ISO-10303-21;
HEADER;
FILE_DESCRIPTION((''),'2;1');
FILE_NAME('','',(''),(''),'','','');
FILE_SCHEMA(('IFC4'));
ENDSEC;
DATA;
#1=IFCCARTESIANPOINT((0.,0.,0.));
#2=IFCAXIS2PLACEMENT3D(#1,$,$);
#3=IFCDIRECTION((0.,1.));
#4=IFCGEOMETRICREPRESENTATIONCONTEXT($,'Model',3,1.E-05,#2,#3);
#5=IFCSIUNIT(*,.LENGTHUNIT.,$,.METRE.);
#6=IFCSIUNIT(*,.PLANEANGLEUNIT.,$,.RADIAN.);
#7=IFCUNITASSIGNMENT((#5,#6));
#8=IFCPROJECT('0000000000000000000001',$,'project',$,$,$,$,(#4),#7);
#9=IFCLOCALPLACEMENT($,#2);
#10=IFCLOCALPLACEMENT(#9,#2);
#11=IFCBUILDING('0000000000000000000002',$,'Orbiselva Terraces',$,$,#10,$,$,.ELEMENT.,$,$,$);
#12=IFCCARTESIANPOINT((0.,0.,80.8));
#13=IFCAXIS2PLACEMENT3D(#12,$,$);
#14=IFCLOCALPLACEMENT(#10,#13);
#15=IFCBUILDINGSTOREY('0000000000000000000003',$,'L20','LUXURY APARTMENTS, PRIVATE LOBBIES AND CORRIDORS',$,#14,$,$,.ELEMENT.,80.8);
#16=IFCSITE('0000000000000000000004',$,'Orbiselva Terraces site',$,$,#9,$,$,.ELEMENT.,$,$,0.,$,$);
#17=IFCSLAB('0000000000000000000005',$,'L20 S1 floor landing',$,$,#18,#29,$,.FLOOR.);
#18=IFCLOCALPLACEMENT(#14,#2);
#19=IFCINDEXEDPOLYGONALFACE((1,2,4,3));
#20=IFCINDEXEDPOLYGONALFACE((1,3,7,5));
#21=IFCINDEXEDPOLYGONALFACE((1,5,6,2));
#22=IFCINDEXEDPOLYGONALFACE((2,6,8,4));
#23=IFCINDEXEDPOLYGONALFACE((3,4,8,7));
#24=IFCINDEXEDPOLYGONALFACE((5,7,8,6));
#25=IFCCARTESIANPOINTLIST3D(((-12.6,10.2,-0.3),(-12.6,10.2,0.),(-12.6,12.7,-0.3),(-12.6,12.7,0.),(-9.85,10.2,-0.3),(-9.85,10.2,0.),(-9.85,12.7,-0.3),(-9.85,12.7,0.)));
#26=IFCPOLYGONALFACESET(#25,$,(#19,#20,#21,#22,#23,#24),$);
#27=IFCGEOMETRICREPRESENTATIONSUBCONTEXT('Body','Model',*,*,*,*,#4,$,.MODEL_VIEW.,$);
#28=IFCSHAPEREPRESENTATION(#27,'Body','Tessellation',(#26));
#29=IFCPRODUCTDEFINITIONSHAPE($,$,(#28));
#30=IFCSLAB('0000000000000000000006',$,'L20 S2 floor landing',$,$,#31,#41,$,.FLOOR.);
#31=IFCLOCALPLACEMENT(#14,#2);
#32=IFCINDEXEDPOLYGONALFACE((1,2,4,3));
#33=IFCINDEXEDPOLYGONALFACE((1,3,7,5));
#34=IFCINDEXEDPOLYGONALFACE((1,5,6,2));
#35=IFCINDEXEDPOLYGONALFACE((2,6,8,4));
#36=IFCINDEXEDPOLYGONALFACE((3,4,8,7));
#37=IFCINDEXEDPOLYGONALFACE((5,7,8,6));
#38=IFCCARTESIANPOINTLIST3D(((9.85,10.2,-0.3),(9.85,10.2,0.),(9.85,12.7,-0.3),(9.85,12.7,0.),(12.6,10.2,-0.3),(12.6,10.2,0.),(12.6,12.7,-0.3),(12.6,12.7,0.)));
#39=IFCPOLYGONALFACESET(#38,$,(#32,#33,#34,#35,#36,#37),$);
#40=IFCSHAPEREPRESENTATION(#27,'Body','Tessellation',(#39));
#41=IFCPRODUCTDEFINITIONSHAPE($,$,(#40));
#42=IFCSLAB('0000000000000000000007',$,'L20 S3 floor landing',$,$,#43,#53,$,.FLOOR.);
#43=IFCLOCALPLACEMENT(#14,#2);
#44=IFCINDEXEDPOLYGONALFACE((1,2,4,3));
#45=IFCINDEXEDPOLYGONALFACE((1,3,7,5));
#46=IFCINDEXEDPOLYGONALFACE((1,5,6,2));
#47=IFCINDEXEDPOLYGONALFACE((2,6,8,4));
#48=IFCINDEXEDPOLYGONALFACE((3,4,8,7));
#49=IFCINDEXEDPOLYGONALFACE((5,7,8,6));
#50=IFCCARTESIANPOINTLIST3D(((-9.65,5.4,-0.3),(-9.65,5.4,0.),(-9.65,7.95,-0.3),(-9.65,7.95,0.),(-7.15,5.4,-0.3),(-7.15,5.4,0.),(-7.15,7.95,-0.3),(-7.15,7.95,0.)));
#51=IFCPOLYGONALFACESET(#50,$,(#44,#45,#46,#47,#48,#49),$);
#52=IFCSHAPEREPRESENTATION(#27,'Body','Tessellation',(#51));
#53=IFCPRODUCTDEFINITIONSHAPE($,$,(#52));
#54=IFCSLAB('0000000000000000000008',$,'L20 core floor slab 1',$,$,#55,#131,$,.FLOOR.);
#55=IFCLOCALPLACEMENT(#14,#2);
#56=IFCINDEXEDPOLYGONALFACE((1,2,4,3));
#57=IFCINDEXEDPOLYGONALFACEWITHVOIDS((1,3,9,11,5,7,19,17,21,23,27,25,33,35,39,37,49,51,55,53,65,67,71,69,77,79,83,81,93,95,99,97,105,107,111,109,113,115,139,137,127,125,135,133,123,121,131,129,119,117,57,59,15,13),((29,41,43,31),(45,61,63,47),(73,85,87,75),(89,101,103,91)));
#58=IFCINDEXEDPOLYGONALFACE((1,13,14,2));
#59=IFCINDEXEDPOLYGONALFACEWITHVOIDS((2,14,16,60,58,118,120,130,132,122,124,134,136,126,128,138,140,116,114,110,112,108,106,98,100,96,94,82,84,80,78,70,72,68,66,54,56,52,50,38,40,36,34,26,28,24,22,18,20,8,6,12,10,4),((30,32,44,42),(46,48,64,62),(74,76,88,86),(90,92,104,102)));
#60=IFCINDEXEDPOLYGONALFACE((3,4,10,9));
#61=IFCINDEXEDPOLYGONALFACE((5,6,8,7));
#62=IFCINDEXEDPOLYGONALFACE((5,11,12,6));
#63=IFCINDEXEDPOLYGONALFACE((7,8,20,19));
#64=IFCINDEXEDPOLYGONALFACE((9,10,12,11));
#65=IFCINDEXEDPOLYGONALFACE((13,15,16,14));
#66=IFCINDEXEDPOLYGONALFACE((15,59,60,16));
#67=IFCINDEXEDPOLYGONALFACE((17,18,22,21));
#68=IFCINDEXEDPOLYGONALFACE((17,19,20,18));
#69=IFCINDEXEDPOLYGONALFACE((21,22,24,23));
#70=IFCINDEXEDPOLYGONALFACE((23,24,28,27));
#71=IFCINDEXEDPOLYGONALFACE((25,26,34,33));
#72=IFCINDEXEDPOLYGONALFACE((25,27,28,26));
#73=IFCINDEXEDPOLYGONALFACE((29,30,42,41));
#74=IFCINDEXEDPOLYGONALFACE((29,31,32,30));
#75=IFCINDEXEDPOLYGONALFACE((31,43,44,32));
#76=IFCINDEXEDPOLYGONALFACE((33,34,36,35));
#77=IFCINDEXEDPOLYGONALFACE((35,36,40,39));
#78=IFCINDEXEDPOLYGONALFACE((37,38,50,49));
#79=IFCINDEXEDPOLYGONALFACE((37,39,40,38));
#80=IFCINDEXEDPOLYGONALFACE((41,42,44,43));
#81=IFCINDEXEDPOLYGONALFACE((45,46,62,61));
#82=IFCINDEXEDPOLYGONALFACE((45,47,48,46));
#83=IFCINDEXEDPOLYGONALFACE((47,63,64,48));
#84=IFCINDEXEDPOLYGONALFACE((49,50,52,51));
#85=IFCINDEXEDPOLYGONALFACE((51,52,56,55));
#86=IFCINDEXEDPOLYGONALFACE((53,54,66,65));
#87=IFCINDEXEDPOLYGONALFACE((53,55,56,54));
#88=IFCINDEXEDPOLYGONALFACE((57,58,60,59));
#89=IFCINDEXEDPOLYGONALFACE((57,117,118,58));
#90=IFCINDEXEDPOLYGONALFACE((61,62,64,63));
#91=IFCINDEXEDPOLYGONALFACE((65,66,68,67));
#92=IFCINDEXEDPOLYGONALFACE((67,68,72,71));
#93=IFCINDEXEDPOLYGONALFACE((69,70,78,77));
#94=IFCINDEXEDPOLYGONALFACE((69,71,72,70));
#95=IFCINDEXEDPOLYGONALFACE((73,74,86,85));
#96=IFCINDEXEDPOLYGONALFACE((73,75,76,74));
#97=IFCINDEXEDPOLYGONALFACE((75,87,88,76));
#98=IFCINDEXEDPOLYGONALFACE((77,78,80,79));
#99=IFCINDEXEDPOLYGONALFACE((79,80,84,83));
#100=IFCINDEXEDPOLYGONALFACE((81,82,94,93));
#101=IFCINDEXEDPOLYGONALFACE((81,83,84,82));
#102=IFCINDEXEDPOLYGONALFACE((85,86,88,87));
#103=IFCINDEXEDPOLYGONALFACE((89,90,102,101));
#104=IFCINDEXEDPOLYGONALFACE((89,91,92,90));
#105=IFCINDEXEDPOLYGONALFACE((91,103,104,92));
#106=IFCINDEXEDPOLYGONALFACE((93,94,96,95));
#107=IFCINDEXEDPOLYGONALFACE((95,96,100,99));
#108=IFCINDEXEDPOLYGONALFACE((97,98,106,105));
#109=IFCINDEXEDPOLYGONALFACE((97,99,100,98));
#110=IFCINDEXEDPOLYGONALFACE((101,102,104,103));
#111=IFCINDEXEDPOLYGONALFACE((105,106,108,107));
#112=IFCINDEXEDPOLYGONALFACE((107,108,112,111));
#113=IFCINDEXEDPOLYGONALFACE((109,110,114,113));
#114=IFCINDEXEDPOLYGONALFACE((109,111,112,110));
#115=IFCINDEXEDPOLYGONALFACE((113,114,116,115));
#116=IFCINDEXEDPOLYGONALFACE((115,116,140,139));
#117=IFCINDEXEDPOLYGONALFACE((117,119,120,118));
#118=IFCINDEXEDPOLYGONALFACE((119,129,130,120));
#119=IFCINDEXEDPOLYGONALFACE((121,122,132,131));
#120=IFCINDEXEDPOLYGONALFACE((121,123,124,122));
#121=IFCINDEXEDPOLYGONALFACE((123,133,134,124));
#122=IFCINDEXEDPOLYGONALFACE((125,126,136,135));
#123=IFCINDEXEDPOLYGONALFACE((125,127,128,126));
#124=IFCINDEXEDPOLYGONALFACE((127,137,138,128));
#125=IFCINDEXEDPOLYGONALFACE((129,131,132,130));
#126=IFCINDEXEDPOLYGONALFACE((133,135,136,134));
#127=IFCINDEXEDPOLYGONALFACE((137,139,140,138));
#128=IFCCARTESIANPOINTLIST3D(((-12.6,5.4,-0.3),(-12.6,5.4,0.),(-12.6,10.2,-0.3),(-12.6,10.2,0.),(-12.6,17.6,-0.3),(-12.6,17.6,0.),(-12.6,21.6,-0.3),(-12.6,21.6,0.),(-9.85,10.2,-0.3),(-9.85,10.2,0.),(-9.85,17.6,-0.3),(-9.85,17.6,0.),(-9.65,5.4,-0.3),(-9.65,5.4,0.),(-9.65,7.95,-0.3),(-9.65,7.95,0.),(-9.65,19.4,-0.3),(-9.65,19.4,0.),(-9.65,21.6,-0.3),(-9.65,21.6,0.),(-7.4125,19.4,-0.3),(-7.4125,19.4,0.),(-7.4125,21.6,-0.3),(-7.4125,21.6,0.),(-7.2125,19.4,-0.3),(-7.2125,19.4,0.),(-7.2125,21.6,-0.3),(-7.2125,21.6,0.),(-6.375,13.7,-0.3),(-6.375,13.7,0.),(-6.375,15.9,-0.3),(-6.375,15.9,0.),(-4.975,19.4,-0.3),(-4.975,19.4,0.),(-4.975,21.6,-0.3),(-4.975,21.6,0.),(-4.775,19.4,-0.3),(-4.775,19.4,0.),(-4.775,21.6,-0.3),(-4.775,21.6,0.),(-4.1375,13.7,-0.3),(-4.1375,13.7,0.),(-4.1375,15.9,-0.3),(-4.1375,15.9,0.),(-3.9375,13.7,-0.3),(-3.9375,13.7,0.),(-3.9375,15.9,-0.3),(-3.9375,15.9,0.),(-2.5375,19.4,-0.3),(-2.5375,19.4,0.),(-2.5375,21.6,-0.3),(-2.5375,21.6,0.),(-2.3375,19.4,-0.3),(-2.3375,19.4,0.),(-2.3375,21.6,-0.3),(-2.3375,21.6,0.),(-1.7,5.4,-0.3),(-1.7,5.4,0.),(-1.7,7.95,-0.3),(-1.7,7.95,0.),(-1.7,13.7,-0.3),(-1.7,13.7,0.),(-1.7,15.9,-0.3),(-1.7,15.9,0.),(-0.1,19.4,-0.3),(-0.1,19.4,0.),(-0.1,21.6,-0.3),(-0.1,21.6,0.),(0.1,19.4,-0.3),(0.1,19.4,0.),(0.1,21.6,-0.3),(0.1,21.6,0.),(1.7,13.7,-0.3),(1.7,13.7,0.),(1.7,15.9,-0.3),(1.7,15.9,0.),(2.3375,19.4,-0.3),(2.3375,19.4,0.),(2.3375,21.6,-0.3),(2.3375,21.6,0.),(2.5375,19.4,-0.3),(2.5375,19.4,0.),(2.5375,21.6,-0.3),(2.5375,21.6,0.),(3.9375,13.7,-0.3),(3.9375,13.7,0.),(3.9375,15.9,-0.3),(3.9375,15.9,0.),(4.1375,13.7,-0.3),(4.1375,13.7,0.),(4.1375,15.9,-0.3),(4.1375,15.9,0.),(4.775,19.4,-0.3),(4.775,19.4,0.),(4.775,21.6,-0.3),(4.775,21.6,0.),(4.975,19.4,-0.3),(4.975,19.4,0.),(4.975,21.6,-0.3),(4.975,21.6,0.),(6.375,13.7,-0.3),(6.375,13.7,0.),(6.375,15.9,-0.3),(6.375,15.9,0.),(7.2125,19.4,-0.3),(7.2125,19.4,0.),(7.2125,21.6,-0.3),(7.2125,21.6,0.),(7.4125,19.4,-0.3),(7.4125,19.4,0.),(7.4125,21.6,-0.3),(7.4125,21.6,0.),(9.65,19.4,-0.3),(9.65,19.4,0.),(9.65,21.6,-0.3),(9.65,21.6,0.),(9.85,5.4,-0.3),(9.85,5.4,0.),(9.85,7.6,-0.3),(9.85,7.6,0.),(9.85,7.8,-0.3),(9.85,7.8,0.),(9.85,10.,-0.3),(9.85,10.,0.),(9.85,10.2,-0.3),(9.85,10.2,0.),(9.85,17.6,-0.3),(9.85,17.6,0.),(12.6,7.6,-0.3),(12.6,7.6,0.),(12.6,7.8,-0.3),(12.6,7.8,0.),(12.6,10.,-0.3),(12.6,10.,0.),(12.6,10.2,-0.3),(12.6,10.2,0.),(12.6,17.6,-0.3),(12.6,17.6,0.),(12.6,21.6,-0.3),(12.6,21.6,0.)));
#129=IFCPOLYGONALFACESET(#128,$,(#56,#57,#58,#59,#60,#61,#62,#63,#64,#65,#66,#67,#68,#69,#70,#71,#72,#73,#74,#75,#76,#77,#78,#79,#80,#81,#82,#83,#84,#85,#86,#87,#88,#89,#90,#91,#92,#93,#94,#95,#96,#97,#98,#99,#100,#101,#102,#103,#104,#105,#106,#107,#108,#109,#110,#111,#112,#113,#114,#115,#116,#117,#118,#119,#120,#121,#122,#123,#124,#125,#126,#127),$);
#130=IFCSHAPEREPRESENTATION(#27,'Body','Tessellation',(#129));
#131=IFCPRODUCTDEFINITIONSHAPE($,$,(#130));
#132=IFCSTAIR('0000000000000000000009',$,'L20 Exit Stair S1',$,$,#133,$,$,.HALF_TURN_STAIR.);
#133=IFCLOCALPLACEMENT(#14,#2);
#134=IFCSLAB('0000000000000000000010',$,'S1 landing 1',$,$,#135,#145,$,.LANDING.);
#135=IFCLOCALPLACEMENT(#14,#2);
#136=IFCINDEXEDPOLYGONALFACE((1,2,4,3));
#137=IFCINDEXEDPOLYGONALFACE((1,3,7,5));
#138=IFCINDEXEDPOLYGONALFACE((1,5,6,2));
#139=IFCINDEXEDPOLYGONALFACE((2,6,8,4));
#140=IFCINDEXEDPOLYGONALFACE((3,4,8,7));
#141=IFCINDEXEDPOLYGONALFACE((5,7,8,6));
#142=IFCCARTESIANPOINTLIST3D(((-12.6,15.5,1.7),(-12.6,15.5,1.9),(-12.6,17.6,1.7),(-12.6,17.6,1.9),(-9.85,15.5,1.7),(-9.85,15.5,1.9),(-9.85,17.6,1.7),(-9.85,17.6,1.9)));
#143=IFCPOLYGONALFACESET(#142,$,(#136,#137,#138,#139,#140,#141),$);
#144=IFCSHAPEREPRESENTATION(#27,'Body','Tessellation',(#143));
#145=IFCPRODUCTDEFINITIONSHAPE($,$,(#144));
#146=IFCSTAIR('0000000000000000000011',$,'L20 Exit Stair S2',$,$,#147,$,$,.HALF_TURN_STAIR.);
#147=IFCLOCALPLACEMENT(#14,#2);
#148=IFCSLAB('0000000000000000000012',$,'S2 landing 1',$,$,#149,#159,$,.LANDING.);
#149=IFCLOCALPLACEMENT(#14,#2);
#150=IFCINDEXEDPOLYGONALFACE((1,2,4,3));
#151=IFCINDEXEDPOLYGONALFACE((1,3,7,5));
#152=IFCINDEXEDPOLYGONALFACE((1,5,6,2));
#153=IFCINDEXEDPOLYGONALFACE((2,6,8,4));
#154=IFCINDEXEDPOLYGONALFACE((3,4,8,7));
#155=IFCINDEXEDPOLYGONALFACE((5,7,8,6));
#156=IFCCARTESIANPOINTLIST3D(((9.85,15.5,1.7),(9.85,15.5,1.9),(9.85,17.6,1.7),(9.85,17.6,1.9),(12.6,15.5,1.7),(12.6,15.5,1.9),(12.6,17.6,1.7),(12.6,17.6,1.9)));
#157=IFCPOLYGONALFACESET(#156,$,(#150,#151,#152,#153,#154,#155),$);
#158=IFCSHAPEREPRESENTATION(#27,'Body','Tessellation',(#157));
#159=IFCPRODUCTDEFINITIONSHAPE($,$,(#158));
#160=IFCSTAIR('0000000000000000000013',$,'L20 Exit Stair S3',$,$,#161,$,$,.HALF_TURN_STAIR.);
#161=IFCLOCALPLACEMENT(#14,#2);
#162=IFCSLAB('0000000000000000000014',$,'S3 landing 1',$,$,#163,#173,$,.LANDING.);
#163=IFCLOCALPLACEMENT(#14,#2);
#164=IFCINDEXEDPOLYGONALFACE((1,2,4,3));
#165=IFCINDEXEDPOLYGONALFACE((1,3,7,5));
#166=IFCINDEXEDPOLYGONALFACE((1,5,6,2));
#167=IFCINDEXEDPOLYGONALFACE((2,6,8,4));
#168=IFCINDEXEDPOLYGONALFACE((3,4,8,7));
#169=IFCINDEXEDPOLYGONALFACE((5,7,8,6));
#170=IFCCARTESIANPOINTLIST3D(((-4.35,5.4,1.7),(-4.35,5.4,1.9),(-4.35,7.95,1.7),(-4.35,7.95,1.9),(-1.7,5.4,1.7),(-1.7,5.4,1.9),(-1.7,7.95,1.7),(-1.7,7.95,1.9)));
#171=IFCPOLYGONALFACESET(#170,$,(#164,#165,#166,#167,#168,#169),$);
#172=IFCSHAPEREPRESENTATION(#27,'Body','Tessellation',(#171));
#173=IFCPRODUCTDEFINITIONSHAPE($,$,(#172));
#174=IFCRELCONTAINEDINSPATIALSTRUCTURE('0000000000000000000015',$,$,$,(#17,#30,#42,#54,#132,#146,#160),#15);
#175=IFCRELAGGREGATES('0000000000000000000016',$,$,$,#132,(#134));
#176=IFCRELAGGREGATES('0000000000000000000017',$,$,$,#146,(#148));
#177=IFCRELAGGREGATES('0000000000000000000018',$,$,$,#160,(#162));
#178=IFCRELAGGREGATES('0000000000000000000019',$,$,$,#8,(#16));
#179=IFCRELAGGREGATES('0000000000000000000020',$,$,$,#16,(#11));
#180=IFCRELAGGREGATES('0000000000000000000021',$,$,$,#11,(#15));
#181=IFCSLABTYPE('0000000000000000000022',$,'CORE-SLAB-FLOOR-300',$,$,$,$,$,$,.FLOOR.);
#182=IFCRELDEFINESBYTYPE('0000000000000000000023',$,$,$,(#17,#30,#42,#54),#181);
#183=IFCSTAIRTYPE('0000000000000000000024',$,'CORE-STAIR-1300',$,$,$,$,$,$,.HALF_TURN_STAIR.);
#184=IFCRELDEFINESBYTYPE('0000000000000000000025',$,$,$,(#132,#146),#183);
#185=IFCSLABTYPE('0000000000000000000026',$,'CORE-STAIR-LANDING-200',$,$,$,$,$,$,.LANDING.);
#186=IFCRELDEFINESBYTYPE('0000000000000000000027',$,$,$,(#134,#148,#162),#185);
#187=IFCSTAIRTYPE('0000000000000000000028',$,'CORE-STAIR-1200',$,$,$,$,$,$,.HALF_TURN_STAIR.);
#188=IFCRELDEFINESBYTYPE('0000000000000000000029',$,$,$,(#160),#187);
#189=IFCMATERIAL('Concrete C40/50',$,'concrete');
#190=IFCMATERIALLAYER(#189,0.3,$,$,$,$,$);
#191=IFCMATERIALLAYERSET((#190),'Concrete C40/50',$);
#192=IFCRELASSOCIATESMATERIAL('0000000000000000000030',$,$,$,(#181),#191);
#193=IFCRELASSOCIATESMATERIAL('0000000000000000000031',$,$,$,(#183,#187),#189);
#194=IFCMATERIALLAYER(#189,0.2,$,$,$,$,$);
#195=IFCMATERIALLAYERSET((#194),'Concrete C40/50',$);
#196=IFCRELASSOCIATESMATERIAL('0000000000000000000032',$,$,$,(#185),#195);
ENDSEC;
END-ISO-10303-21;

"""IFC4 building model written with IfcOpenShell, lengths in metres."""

from ifc_helpers import new_model, si_unit, direction, frame, origin, place, context, subcontext, project, spatial, polyline, outline, extrude, material, layer, layer_set, type_object, element, aggregate, save


model = new_model("IFC4")

# Units and contexts
model_context = context("Model", 3, precision=1e-05, world=origin(), true_north=direction((0.0, 1.0)))
body_context = subcontext(model_context, "Body", "Model", "MODEL_VIEW")
ifc_project = project(units=[si_unit("LENGTHUNIT", "METRE"), si_unit("PLANEANGLEUNIT", "RADIAN")], contexts=[model_context])

# Site, building, storey
site_placement = place(None, origin())
site = spatial("IfcSite", under=ifc_project, at=site_placement, Name="Orbiselva Terraces site", CompositionType="ELEMENT", RefElevation=0.0)
building_placement = place(site_placement, origin())
building = spatial("IfcBuilding", under=site, at=building_placement, Name="Orbiselva Terraces", CompositionType="ELEMENT")
storey_placement = place(building_placement, frame((0.0, 0.0, 80.8)))
storey = spatial("IfcBuildingStorey", under=building, at=storey_placement, Name="L20", Description="LUXURY APARTMENTS, PRIVATE LOBBIES AND CORRIDORS", CompositionType="ELEMENT", Elevation=80.8)

# Slabs
ifc_material_1 = material(Name="Concrete C40/50", Category="concrete")
ifc_layer_1 = layer(ifc_material_1, 0.3)
ifc_layer_set_1 = layer_set([ifc_layer_1], Name="Concrete C40/50")
slab_type_1 = type_object("IfcSlabType", Name="CORE-SLAB-FLOOR-300", PredefinedType="FLOOR", material=ifc_layer_set_1)
slab_1_placement = place(storey_placement, frame((0.0, 0.0, -0.3)))
element("IfcSlab", 1, at=slab_1_placement, inside=storey, type_object=slab_type_1, Name="L20 S1 floor landing", PredefinedType="FLOOR", context=body_context, shape_type="SweptSolid", body=[
    extrude(outline(polyline([(-12.6, 12.7), (-9.85, 12.7), (-9.85, 10.2), (-12.6, 10.2), (-12.6, 12.7)])), origin(), (0.0, 0.0, 1.0), 0.3),
])
slab_2_placement = place(storey_placement, frame((0.0, 0.0, -0.3)))
element("IfcSlab", 2, at=slab_2_placement, inside=storey, type_object=slab_type_1, Name="L20 S2 floor landing", PredefinedType="FLOOR", context=body_context, shape_type="SweptSolid", body=[
    extrude(outline(polyline([(12.6, 12.7), (12.6, 10.2), (9.85, 10.2), (9.85, 12.7), (12.6, 12.7)])), origin(), (0.0, 0.0, 1.0), 0.3),
])
slab_3_placement = place(storey_placement, frame((0.0, 0.0, -0.3)))
element("IfcSlab", 3, at=slab_3_placement, inside=storey, type_object=slab_type_1, Name="L20 S3 floor landing", PredefinedType="FLOOR", context=body_context, shape_type="SweptSolid", body=[
    extrude(outline(polyline([(-7.15, 5.4), (-9.65, 5.4), (-9.65, 7.95), (-7.15, 7.95), (-7.15, 5.4)])), origin(), (0.0, 0.0, 1.0), 0.3),
])
slab_4_placement = place(storey_placement, frame((0.0, 0.0, -0.3)))
element("IfcSlab", 4, at=slab_4_placement, inside=storey, type_object=slab_type_1, Name="L20 core floor slab 1", PredefinedType="FLOOR", context=body_context, shape_type="SweptSolid", body=[
    extrude(outline(polyline([(-1.7, 5.4), (-1.7, 7.95), (-9.65, 7.95), (-9.65, 5.4), (-12.6, 5.4), (-12.6, 10.2), (-9.85, 10.2), (-9.85, 17.6), (-12.6, 17.6), (-12.6, 21.6), (-9.65, 21.6), (-9.65, 19.4), (-7.4125, 19.4), (-7.4125, 21.6), (-7.2125, 21.6), (-7.2125, 19.4), (-4.975, 19.4), (-4.975, 21.6), (-4.775, 21.6), (-4.775, 19.4), (-2.5375, 19.4), (-2.5375, 21.6), (-2.3375, 21.6), (-2.3375, 19.4), (-0.1, 19.4), (-0.1, 21.6), (0.1, 21.6), (0.1, 19.4), (2.3375, 19.4), (2.3375, 21.6), (2.5375, 21.6), (2.5375, 19.4), (4.775, 19.4), (4.775, 21.6), (4.975, 21.6), (4.975, 19.4), (7.2125, 19.4), (7.2125, 21.6), (7.4125, 21.6), (7.4125, 19.4), (9.65, 19.4), (9.65, 21.6), (12.6, 21.6), (12.6, 17.6), (9.85, 17.6), (9.85, 10.2), (12.6, 10.2), (12.6, 10.0), (9.85, 10.0), (9.85, 7.8), (12.6, 7.8), (12.6, 7.6), (9.85, 7.6), (9.85, 5.4), (-1.7, 5.4)]), holes=[polyline([(-4.1375, 13.7), (-4.1375, 15.9), (-6.375, 15.9), (-6.375, 13.7), (-4.1375, 13.7)]), polyline([(-1.7, 13.7), (-1.7, 15.9), (-3.9375, 15.9), (-3.9375, 13.7), (-1.7, 13.7)]), polyline([(3.9375, 13.7), (3.9375, 15.9), (1.7, 15.9), (1.7, 13.7), (3.9375, 13.7)]), polyline([(6.375, 13.7), (6.375, 15.9), (4.1375, 15.9), (4.1375, 13.7), (6.375, 13.7)])]), origin(), (0.0, 0.0, 1.0), 0.3),
])

# Stairs, slabs
stair_type_1 = type_object("IfcStairType", Name="CORE-STAIR-1300", PredefinedType="HALF_TURN_STAIR", material=ifc_material_1)
stair_1_placement = place(storey_placement, origin())
stair_1 = element("IfcStair", 5, at=stair_1_placement, inside=storey, type_object=stair_type_1, Name="L20 Exit Stair S1", PredefinedType="HALF_TURN_STAIR")
ifc_layer_2 = layer(ifc_material_1, 0.2)
ifc_layer_set_2 = layer_set([ifc_layer_2], Name="Concrete C40/50")
slab_type_2 = type_object("IfcSlabType", Name="CORE-STAIR-LANDING-200", PredefinedType="LANDING", material=ifc_layer_set_2)
slab_5_placement = place(storey_placement, frame((0.0, 0.0, 1.7)))
slab_5 = element("IfcSlab", 6, at=slab_5_placement, type_object=slab_type_2, Name="S1 landing 1", PredefinedType="LANDING", context=body_context, shape_type="SweptSolid", body=[
    extrude(outline(polyline([(-9.85, 15.5), (-9.85, 17.6), (-12.6, 17.6), (-12.6, 15.5), (-9.85, 15.5)])), origin(), (0.0, 0.0, 1.0), 0.2),
])
aggregate(stair_1, [slab_5])
stair_2_placement = place(storey_placement, origin())
stair_2 = element("IfcStair", 7, at=stair_2_placement, inside=storey, type_object=stair_type_1, Name="L20 Exit Stair S2", PredefinedType="HALF_TURN_STAIR")
slab_6_placement = place(storey_placement, frame((0.0, 0.0, 1.7)))
slab_6 = element("IfcSlab", 8, at=slab_6_placement, type_object=slab_type_2, Name="S2 landing 1", PredefinedType="LANDING", context=body_context, shape_type="SweptSolid", body=[
    extrude(outline(polyline([(12.6, 15.5), (12.6, 17.6), (9.85, 17.6), (9.85, 15.5), (12.6, 15.5)])), origin(), (0.0, 0.0, 1.0), 0.2),
])
aggregate(stair_2, [slab_6])
stair_type_2 = type_object("IfcStairType", Name="CORE-STAIR-1200", PredefinedType="HALF_TURN_STAIR", material=ifc_material_1)
stair_3_placement = place(storey_placement, origin())
stair_3 = element("IfcStair", 9, at=stair_3_placement, inside=storey, type_object=stair_type_2, Name="L20 Exit Stair S3", PredefinedType="HALF_TURN_STAIR")
slab_7_placement = place(storey_placement, frame((0.0, 0.0, 1.7)))
slab_7 = element("IfcSlab", 10, at=slab_7_placement, type_object=slab_type_2, Name="S3 landing 1", PredefinedType="LANDING", context=body_context, shape_type="SweptSolid", body=[
    extrude(outline(polyline([(-4.35, 5.4), (-1.7, 5.4), (-1.7, 7.95), (-4.35, 7.95), (-4.35, 5.4)])), origin(), (0.0, 0.0, 1.0), 0.2),
])
aggregate(stair_3, [slab_7])

save(model, "model.ifc")
